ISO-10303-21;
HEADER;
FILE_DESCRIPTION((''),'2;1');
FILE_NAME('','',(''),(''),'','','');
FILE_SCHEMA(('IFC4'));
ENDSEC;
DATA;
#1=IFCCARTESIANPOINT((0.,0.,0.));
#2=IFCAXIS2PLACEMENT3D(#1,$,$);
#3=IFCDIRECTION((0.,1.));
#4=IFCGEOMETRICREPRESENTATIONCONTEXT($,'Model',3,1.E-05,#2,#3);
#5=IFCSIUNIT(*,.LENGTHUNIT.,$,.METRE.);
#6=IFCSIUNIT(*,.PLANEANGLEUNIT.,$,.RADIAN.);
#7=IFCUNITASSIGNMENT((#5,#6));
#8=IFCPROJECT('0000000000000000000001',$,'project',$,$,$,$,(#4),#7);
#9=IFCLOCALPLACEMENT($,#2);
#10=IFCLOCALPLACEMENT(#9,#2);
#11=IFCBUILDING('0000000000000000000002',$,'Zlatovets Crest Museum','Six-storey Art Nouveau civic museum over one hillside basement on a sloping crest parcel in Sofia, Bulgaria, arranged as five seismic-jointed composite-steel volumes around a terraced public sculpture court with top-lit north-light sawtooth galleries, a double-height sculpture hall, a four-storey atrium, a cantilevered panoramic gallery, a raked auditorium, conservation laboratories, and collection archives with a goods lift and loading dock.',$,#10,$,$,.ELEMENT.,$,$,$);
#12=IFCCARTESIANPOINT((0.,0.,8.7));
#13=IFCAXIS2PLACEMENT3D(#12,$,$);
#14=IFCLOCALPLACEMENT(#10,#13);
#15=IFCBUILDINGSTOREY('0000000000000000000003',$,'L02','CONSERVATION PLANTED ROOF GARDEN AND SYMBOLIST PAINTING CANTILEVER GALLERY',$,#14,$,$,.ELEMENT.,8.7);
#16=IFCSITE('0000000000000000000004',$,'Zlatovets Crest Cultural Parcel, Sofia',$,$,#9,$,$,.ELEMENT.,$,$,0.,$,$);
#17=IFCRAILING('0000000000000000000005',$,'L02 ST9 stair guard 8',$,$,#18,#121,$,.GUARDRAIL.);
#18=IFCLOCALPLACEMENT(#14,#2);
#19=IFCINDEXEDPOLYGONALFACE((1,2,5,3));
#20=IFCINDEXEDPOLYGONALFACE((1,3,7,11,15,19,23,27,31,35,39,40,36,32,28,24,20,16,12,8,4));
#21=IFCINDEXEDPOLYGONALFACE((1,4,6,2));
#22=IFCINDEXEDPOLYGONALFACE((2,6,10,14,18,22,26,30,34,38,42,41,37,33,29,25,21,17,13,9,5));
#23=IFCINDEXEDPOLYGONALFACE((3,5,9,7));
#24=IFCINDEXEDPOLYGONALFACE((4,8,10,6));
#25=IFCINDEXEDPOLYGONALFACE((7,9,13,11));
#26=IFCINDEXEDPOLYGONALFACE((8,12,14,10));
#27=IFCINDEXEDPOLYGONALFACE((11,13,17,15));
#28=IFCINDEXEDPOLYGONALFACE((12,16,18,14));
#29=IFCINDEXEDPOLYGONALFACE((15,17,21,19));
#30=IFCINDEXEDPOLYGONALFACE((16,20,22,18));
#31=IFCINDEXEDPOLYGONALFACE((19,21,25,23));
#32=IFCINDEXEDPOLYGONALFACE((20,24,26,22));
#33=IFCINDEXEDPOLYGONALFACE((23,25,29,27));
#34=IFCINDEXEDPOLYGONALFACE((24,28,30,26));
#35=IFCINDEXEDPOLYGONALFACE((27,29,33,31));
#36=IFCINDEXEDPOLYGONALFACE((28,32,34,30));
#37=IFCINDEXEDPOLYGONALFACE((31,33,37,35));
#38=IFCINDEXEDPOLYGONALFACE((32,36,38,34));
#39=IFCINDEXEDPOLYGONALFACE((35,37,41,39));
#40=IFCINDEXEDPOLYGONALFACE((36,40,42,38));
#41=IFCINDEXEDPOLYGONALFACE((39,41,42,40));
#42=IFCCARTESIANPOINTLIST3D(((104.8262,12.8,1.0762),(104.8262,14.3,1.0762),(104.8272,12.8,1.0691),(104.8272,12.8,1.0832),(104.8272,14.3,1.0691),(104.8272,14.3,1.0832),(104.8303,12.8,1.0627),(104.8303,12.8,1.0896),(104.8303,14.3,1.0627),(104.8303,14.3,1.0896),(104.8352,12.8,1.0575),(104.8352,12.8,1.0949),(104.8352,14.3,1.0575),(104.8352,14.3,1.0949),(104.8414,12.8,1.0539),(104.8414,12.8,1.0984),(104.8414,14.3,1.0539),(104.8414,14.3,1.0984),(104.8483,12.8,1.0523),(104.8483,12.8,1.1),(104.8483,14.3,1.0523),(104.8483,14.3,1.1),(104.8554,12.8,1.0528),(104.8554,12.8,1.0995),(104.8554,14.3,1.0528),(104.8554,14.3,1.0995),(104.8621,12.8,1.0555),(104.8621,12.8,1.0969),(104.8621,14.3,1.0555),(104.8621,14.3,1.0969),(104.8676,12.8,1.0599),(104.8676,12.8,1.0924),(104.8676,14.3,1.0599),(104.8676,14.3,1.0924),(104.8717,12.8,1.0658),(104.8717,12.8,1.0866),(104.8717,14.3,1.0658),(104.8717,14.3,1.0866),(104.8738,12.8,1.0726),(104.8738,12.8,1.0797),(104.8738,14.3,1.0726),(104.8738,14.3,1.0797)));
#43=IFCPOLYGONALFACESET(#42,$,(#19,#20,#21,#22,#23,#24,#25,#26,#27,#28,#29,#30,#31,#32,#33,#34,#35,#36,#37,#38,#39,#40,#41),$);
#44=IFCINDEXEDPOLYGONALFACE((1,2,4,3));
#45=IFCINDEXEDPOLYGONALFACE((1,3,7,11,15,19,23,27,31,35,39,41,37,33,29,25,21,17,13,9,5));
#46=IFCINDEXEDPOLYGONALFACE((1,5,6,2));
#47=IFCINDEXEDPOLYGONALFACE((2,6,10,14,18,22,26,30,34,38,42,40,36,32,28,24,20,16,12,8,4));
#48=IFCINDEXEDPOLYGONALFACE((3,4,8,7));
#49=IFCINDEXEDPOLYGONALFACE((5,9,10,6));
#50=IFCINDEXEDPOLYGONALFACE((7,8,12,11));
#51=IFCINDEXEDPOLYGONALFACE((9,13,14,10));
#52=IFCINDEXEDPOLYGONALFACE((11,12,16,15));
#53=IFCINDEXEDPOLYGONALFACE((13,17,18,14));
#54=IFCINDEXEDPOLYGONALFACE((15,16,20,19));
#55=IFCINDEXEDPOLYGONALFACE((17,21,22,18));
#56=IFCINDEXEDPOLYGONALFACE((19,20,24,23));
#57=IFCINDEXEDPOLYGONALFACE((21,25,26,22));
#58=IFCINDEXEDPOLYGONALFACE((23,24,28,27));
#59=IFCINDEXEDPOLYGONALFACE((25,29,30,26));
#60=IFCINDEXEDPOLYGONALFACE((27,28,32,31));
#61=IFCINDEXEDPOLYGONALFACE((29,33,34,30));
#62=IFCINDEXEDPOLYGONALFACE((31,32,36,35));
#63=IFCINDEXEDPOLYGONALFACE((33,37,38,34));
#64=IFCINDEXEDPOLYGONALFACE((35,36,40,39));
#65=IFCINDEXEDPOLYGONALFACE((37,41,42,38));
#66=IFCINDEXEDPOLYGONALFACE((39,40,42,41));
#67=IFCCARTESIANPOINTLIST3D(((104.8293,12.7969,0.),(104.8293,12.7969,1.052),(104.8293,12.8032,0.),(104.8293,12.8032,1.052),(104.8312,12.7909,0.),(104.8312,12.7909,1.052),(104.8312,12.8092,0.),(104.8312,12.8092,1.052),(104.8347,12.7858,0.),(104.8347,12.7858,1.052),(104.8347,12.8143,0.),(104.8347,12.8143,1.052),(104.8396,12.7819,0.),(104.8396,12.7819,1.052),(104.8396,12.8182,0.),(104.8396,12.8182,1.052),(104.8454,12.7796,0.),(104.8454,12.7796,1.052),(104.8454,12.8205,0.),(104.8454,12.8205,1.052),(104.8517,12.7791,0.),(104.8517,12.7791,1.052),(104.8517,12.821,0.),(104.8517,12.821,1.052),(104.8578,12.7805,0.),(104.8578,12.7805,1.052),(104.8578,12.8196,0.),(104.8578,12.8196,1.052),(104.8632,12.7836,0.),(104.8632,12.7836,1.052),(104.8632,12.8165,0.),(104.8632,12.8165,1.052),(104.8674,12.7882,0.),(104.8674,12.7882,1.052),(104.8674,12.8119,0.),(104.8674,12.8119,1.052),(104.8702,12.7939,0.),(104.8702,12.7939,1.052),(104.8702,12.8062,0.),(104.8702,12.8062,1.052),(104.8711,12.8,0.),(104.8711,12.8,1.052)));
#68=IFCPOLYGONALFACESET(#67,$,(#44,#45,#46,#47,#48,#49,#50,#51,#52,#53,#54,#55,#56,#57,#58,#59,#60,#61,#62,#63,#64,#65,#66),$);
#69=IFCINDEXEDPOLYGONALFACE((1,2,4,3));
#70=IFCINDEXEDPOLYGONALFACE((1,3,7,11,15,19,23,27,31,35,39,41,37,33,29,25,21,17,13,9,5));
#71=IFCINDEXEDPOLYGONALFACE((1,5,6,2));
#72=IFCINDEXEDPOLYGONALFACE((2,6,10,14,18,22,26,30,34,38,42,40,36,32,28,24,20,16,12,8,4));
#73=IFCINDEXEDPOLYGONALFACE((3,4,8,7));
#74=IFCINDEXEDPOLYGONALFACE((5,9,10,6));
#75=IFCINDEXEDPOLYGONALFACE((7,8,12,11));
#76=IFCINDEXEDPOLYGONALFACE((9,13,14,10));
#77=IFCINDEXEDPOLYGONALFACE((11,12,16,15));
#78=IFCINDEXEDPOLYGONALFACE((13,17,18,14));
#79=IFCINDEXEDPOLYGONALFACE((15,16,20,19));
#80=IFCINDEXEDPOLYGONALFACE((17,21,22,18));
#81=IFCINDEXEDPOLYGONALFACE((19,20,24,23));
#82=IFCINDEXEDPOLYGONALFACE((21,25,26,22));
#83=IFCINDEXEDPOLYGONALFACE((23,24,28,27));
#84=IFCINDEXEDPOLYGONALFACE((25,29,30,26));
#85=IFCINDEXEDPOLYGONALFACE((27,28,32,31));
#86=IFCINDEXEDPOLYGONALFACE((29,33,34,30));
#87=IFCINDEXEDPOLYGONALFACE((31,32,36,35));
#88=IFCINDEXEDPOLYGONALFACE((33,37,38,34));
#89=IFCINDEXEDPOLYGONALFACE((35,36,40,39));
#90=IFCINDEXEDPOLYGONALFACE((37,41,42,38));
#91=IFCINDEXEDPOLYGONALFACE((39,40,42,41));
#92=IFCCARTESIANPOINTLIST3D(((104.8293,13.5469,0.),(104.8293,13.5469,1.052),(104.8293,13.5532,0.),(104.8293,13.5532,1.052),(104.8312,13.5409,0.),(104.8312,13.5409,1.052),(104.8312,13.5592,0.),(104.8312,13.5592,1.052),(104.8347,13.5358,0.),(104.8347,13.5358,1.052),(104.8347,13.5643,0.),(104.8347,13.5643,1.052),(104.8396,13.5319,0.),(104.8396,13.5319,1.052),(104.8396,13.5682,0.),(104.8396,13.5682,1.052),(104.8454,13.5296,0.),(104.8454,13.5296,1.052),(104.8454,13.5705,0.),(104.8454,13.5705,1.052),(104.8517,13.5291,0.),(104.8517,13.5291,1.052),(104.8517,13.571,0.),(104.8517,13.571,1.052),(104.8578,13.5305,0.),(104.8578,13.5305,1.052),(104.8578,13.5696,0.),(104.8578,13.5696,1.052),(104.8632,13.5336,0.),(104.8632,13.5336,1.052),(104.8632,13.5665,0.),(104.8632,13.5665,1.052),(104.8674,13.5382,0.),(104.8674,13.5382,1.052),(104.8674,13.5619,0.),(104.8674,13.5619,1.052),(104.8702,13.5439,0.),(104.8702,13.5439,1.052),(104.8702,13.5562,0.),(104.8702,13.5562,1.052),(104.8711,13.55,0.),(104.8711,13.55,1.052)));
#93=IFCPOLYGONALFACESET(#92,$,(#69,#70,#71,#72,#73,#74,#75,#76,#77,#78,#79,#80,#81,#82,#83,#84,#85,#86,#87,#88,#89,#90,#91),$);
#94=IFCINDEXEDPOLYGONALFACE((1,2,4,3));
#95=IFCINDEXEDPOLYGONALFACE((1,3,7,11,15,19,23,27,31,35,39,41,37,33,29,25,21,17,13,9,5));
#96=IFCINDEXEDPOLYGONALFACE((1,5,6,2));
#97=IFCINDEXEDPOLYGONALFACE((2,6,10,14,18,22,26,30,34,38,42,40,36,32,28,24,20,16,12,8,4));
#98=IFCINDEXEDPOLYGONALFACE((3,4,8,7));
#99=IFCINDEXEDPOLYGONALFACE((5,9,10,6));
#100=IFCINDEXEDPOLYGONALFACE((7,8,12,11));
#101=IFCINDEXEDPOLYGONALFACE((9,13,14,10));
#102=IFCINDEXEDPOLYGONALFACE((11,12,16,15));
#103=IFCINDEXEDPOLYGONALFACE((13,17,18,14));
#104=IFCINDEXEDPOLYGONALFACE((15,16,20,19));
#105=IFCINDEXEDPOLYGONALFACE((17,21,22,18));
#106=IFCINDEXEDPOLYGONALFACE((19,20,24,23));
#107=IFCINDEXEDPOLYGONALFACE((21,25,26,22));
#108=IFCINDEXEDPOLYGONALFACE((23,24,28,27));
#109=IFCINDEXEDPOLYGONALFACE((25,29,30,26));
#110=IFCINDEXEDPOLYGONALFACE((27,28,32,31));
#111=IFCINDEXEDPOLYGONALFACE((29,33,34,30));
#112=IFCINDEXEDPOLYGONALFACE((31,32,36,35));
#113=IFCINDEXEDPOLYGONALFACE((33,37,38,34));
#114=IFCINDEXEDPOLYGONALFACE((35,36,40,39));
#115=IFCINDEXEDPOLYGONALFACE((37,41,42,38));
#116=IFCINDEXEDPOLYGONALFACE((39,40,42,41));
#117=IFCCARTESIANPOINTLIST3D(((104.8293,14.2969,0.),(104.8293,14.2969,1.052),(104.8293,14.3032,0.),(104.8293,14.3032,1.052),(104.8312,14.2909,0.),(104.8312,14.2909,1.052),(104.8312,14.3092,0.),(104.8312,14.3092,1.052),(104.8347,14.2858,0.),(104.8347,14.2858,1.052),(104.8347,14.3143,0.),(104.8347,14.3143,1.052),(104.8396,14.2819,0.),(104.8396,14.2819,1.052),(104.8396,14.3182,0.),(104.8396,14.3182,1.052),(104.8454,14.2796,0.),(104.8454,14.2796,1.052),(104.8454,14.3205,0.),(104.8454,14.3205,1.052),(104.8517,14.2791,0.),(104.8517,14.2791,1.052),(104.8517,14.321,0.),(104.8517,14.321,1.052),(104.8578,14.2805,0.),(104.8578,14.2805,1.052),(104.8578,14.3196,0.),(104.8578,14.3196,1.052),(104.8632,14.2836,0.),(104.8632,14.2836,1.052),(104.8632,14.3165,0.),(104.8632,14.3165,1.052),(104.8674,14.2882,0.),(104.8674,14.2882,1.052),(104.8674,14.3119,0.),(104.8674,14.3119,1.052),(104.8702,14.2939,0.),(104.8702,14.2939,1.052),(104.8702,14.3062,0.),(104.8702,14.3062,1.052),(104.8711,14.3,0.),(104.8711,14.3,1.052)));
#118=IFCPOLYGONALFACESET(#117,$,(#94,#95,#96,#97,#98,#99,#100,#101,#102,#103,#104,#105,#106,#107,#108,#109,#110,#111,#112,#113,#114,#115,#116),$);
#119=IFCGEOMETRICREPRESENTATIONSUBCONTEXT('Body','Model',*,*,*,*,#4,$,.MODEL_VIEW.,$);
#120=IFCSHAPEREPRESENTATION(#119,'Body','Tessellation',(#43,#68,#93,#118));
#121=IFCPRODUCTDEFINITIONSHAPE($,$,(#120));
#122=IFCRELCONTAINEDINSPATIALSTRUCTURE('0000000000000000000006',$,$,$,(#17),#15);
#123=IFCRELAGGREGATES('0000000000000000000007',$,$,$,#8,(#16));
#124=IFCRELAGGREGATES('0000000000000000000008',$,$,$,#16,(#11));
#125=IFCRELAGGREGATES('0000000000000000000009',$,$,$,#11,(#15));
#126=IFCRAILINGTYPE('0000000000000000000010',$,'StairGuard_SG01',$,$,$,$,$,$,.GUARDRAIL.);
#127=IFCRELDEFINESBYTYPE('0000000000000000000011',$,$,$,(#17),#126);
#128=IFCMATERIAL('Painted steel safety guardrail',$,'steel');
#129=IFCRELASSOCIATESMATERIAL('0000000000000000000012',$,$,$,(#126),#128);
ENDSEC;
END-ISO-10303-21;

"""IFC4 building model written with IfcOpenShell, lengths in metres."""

from ifc_helpers import new_model, si_unit, direction, frame, origin, origin_2d, place, context, subcontext, project, spatial, circle, extrude, material, type_object, element, save


model = new_model("IFC4")

# Units and contexts
model_context = context("Model", 3, precision=1e-05, world=origin(), true_north=direction((0.0, 1.0)))
body_context = subcontext(model_context, "Body", "Model", "MODEL_VIEW")
ifc_project = project(units=[si_unit("LENGTHUNIT", "METRE"), si_unit("PLANEANGLEUNIT", "RADIAN")], contexts=[model_context])

# Site, building, storey
site_placement = place(None, origin())
site = spatial("IfcSite", under=ifc_project, at=site_placement, Name="Zlatovets Crest Cultural Parcel, Sofia", CompositionType="ELEMENT", RefElevation=0.0)
building_placement = place(site_placement, origin())
building = spatial("IfcBuilding", under=site, at=building_placement, Name="Zlatovets Crest Museum", Description="Six-storey Art Nouveau civic museum over one hillside basement on a sloping crest parcel in Sofia, Bulgaria, arranged as five seismic-jointed composite-steel volumes around a terraced public sculpture court with top-lit north-light sawtooth galleries, a double-height sculpture hall, a four-storey atrium, a cantilevered panoramic gallery, a raked auditorium, conservation laboratories, and collection archives with a goods lift and loading dock.", CompositionType="ELEMENT")
storey_placement = place(building_placement, frame((0.0, 0.0, 8.7)))
storey = spatial("IfcBuildingStorey", under=building, at=storey_placement, Name="L02", Description="CONSERVATION PLANTED ROOF GARDEN AND SYMBOLIST PAINTING CANTILEVER GALLERY", CompositionType="ELEMENT", Elevation=8.7)

# Railing
ifc_material_1 = material(Name="Painted steel safety guardrail", Category="steel")
railing_type_1 = type_object("IfcRailingType", Name="StairGuard_SG01", PredefinedType="GUARDRAIL", material=ifc_material_1)
for number, where, name in (
    (1, (104.8501, 12.8, 0.0), "L02 ST9 stair guard 8"),
):
    element("IfcRailing", number, at=place(storey_placement, frame(where)), inside=storey, type_object=railing_type_1, Name=name, PredefinedType="GUARDRAIL", context=body_context, shape_type="SweptSolid", body=[
        extrude(circle(Radius=0.0239, at=origin_2d()), frame((0.0, 0.0, 1.0762), z_axis=(0.0, 1.0, 0.0), x_axis=(-1.0, 0.0, 0.0)), (0.0, 0.0, 1.0), 1.5),
        extrude(circle(Radius=0.021, at=origin_2d()), origin(), (0.0, 0.0, 1.0), 1.052),
        extrude(circle(Radius=0.021, at=origin_2d()), frame((0.0, 0.75, 0.0)), (0.0, 0.0, 1.0), 1.052),
        extrude(circle(Radius=0.021, at=origin_2d()), frame((0.0, 1.5, 0.0)), (0.0, 0.0, 1.0), 1.052),
    ])

save(model, "model.ifc")
